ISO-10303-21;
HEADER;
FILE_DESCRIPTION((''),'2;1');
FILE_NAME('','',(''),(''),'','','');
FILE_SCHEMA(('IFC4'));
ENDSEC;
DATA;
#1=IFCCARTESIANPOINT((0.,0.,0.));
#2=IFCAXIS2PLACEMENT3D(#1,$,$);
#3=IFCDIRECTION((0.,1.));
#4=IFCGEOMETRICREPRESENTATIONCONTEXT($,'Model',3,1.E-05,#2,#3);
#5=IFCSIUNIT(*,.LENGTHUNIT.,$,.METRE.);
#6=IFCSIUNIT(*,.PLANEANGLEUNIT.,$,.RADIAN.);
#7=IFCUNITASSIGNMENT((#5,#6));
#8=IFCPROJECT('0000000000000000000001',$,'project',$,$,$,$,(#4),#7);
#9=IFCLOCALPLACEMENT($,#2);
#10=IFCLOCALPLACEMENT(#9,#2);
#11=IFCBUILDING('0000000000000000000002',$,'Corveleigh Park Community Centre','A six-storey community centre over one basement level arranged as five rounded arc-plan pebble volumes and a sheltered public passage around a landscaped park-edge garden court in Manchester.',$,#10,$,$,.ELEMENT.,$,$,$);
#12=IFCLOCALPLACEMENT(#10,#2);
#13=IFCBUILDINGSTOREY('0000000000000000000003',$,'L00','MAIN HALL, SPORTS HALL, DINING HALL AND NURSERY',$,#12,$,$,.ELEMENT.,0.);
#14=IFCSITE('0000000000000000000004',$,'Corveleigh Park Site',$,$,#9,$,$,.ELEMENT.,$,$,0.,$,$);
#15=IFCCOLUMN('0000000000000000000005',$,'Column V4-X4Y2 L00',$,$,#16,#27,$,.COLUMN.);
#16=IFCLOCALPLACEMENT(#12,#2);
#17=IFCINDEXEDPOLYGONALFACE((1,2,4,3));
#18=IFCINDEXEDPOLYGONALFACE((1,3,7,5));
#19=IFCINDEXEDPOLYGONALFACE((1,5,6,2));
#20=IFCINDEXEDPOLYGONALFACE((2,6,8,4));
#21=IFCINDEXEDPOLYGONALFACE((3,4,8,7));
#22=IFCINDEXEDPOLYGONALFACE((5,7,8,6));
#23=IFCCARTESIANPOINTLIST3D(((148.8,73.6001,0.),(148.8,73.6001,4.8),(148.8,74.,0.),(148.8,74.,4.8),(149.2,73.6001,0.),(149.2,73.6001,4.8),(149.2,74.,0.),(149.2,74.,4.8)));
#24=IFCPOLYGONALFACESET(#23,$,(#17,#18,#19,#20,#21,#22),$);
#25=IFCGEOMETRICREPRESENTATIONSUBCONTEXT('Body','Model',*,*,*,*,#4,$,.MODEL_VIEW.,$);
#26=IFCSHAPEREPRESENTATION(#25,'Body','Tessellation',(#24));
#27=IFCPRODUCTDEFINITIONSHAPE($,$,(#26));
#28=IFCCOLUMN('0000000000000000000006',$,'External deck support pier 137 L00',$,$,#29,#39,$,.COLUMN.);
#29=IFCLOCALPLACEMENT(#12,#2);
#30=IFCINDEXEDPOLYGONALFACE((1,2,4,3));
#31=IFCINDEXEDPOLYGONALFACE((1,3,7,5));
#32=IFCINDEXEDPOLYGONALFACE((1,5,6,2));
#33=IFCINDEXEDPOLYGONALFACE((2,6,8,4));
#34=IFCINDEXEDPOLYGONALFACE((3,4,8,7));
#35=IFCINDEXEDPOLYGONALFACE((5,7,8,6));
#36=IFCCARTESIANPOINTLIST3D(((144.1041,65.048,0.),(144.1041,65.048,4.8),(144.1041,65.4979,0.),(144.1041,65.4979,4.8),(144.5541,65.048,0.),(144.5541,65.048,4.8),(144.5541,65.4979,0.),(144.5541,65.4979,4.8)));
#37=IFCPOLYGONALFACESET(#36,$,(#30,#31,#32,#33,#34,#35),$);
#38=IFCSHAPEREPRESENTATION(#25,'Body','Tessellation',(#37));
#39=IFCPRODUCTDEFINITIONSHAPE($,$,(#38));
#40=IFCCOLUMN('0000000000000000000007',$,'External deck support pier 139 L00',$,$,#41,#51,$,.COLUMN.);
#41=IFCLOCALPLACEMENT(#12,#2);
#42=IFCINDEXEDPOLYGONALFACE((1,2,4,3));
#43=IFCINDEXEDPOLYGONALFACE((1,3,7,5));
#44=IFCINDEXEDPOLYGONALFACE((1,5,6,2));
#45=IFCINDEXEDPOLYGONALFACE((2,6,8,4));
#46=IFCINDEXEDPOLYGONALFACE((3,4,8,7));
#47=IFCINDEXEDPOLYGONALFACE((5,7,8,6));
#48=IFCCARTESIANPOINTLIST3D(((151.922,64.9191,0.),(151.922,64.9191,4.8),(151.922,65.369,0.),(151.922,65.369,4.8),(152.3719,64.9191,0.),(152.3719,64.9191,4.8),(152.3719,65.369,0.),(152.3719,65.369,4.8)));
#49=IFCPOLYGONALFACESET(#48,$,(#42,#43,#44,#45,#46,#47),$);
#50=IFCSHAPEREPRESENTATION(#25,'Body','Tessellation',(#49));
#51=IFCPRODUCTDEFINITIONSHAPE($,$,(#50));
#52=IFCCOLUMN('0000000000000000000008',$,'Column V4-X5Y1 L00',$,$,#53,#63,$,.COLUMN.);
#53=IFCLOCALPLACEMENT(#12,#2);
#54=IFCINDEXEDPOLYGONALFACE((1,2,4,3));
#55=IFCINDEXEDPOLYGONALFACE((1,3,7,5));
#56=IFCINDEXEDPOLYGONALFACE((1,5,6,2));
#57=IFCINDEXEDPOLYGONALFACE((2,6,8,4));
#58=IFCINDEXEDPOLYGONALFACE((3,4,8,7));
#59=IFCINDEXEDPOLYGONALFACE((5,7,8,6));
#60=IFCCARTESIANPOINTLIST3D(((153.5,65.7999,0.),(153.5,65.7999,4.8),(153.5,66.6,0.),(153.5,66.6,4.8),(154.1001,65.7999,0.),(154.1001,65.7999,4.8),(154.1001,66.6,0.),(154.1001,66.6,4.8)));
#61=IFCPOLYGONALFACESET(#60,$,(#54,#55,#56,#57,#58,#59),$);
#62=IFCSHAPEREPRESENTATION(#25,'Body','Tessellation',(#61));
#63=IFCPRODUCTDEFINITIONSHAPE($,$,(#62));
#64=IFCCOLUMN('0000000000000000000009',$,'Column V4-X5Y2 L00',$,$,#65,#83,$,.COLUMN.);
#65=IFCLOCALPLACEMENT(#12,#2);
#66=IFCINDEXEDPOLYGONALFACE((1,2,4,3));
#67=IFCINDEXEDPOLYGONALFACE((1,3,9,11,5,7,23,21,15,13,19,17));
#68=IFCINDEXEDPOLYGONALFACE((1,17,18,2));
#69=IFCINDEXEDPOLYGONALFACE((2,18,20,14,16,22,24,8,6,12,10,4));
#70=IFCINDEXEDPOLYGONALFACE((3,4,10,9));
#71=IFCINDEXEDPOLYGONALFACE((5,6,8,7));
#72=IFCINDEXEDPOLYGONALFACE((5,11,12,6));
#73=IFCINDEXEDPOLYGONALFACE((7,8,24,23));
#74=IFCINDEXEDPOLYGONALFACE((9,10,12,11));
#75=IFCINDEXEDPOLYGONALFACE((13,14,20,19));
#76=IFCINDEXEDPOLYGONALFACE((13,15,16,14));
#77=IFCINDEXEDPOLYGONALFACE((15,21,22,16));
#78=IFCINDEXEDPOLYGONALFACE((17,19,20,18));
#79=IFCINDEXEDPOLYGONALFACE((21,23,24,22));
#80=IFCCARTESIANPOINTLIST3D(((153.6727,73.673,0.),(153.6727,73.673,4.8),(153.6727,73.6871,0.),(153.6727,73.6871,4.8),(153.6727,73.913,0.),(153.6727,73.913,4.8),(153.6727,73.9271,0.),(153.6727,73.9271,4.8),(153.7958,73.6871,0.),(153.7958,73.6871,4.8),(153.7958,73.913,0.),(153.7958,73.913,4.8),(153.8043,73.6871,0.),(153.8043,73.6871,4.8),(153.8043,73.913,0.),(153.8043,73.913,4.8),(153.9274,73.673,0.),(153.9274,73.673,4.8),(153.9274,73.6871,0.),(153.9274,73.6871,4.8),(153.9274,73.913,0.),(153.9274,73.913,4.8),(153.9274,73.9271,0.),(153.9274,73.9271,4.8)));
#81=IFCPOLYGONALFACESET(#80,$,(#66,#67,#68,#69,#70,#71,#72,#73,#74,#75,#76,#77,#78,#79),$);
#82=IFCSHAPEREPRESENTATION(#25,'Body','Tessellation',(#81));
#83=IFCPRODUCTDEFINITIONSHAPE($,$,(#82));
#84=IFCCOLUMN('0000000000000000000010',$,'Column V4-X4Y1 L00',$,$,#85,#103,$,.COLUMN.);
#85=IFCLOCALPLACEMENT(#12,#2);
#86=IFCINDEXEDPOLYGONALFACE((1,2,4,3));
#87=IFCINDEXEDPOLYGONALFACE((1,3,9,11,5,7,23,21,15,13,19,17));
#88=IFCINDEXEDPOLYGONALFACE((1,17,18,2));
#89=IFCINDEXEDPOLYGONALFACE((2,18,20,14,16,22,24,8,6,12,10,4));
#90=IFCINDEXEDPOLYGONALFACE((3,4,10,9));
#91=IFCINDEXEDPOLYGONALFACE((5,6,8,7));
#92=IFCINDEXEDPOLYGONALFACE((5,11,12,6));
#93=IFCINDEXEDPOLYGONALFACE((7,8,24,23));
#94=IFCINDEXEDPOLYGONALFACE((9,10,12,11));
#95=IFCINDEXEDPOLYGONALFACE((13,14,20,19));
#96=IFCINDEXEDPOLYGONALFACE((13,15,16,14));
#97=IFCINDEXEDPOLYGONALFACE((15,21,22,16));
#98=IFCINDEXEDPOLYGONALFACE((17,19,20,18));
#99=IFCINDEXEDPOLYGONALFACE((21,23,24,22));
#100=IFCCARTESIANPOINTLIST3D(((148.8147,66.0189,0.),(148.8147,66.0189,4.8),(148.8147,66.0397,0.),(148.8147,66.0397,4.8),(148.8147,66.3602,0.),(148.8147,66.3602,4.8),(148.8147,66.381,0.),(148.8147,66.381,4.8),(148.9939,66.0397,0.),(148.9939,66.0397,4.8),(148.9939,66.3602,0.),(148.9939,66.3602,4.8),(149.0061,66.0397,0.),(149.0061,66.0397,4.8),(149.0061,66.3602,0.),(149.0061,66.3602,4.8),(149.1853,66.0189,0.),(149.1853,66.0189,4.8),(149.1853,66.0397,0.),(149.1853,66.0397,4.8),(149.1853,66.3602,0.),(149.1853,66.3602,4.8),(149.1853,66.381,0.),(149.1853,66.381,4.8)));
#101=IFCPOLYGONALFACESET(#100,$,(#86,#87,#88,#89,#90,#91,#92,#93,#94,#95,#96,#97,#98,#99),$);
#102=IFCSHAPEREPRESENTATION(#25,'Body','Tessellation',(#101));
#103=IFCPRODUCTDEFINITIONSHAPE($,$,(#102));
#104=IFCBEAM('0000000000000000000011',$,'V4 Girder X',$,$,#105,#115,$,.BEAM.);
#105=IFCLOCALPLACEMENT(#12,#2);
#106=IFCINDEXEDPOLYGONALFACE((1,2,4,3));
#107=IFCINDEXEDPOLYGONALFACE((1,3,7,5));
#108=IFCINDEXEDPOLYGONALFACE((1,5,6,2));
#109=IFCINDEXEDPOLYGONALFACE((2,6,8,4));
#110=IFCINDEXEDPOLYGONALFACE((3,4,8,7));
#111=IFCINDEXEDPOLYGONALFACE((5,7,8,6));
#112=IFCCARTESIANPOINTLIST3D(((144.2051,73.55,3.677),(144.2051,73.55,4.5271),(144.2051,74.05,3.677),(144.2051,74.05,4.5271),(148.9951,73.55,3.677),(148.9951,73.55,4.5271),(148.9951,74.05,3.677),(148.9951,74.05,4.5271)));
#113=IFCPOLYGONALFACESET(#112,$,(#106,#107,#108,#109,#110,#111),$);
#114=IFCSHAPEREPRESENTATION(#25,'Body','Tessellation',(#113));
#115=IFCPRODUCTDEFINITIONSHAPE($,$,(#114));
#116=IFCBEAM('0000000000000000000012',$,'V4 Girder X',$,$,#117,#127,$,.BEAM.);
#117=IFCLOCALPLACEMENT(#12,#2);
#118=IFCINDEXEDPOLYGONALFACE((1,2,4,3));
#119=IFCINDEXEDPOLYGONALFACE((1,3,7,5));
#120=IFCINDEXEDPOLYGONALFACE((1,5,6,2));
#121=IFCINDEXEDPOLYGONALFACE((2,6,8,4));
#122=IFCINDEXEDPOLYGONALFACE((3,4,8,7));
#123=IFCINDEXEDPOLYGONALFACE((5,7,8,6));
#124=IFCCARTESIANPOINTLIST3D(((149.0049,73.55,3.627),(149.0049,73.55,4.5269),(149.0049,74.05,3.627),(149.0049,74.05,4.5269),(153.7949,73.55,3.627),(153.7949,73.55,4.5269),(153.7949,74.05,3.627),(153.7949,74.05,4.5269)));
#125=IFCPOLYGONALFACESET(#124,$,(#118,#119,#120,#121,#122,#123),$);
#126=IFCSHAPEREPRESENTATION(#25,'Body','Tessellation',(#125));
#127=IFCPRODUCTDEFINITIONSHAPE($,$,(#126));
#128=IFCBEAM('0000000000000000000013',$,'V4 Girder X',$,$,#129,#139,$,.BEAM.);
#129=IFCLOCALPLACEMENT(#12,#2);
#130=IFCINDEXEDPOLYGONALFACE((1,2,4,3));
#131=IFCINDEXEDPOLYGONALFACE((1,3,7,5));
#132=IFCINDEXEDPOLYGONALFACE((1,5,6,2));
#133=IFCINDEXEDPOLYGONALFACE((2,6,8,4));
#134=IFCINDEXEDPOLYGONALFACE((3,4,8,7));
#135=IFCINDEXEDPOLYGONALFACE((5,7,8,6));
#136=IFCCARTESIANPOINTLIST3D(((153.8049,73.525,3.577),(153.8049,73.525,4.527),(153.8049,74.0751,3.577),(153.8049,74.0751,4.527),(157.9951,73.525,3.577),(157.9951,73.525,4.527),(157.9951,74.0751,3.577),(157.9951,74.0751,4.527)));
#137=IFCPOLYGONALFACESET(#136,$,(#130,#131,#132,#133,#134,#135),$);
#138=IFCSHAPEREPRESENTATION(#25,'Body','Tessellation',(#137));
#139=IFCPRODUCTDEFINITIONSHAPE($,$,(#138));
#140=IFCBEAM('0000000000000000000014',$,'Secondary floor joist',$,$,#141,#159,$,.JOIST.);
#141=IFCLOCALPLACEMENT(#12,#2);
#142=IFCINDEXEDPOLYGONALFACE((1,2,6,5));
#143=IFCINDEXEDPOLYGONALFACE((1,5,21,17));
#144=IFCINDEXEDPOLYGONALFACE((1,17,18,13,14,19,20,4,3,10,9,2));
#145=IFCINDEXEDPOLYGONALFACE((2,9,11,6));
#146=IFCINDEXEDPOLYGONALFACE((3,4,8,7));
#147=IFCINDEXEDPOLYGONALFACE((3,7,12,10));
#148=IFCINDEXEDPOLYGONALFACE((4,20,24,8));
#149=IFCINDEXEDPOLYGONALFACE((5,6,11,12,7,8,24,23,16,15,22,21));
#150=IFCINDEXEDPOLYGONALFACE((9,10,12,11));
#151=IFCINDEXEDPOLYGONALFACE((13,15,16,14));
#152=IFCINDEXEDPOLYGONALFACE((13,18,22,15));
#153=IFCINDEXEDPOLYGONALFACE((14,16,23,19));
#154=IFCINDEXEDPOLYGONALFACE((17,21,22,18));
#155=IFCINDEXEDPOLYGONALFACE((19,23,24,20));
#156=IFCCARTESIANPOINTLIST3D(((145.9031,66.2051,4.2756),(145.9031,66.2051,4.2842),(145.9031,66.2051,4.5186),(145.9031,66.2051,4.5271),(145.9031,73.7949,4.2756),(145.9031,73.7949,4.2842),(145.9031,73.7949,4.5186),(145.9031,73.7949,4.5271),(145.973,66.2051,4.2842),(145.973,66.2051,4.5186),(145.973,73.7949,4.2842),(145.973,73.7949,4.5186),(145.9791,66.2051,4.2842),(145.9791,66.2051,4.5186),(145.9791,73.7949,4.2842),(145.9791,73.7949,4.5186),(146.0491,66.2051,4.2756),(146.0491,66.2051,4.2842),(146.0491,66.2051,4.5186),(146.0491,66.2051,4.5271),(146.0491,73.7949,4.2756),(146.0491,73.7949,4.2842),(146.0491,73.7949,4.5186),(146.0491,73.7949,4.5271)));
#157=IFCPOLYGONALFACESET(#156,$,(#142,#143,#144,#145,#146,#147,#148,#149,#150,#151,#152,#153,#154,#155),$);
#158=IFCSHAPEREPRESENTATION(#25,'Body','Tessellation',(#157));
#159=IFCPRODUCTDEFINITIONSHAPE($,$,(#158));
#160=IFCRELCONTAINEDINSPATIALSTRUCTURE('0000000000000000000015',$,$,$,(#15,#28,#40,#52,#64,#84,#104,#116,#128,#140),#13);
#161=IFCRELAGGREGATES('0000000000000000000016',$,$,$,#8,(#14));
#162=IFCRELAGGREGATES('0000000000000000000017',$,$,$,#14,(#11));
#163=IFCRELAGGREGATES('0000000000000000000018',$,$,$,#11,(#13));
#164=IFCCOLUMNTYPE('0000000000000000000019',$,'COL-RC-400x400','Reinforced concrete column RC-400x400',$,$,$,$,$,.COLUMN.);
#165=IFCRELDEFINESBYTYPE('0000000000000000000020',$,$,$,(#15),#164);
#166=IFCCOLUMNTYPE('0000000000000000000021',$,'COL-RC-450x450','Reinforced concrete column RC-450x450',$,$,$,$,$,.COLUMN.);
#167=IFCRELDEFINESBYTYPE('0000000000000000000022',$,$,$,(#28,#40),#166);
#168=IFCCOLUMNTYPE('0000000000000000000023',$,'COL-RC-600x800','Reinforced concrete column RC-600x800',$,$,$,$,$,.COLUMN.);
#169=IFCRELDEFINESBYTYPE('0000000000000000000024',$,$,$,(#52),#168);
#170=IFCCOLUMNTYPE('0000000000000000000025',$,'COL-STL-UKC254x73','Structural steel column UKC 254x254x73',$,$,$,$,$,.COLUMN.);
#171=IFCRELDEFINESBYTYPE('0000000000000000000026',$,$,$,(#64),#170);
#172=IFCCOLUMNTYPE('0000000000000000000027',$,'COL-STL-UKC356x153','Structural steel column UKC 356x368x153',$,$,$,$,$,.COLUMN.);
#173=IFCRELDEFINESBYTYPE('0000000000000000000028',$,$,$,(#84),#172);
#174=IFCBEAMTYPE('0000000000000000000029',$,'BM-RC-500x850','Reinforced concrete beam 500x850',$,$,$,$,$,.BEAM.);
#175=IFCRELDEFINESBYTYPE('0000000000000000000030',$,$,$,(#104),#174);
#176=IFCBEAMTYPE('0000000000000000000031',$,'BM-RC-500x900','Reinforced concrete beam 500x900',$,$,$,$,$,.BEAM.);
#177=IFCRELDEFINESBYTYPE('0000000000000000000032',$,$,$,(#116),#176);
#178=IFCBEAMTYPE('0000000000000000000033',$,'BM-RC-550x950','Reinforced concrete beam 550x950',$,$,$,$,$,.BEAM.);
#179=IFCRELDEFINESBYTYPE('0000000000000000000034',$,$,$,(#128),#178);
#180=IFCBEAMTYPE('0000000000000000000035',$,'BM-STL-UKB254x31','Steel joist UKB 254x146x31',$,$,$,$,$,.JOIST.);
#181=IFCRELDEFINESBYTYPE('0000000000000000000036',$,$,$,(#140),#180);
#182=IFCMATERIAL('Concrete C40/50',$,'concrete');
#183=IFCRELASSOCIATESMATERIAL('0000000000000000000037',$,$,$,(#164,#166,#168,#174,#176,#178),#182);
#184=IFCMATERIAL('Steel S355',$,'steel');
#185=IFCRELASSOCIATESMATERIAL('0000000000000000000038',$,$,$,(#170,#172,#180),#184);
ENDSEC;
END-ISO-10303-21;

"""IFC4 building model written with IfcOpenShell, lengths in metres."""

from ifc_helpers import new_model, si_unit, direction, frame, origin, origin_2d, place, context, subcontext, project, spatial, rectangle, i_section, extrude, material, material_profile, profile_set, type_object, element, save


model = new_model("IFC4")

# Units and contexts
model_context = context("Model", 3, precision=1e-05, world=origin(), true_north=direction((0.0, 1.0)))
body_context = subcontext(model_context, "Body", "Model", "MODEL_VIEW")
ifc_project = project(units=[si_unit("LENGTHUNIT", "METRE"), si_unit("PLANEANGLEUNIT", "RADIAN")], contexts=[model_context])

# Site, building, storey
site_placement = place(None, origin())
site = spatial("IfcSite", under=ifc_project, at=site_placement, Name="Corveleigh Park Site", CompositionType="ELEMENT", RefElevation=0.0)
building_placement = place(site_placement, origin())
building = spatial("IfcBuilding", under=site, at=building_placement, Name="Corveleigh Park Community Centre", Description="A six-storey community centre over one basement level arranged as five rounded arc-plan pebble volumes and a sheltered public passage around a landscaped park-edge garden court in Manchester.", CompositionType="ELEMENT")
storey_placement = place(building_placement, origin())
storey = spatial("IfcBuildingStorey", under=building, at=storey_placement, Name="L00", Description="MAIN HALL, SPORTS HALL, DINING HALL AND NURSERY", CompositionType="ELEMENT", Elevation=0.0)

# Columns
ifc_material_1 = material(Name="Concrete C40/50", Category="concrete")
ifc_material_profile_1 = material_profile(ifc_material_1, rectangle(XDim=0.3999, YDim=0.3999, at=origin_2d()), Name="RC-400x400", Category="concrete")
ifc_profile_set_1 = profile_set([ifc_material_profile_1], Name="Concrete C40/50")
column_type_1 = type_object("IfcColumnType", Name="COL-RC-400x400", Description="Reinforced concrete column RC-400x400", PredefinedType="COLUMN", material=ifc_profile_set_1)
column_1_placement = place(storey_placement, frame((149.0, 73.8, 0.0), z_axis=(0.0, 0.0, 1.0), x_axis=(1.0, 0.0, 0.0)))
element("IfcColumn", 1, at=column_1_placement, inside=storey, type_object=column_type_1, Name="Column V4-X4Y2 L00", PredefinedType="COLUMN", context=body_context, shape_type="SweptSolid", body=[
    extrude(rectangle(XDim=0.3999, YDim=0.3999, at=origin_2d()), origin(), (0.0, 0.0, 1.0), 4.8),
])
ifc_material_profile_2 = material_profile(ifc_material_1, rectangle(XDim=0.45, YDim=0.45, at=origin_2d()), Name="RC-450x450", Category="concrete")
ifc_profile_set_2 = profile_set([ifc_material_profile_2], Name="Concrete C40/50")
column_type_2 = type_object("IfcColumnType", Name="COL-RC-450x450", Description="Reinforced concrete column RC-450x450", PredefinedType="COLUMN", material=ifc_profile_set_2)
for number, where, z_axis, x_axis, name in (
    (2, (144.3291, 65.2729, 0.0), (0.0, 0.0, 1.0), (1.0, 0.0, 0.0), "External deck support pier 137 L00"),
    (3, (152.147, 65.144, 0.0), (0.0, 0.0, 1.0), (1.0, 0.0, 0.0), "External deck support pier 139 L00"),
):
    element("IfcColumn", number, at=place(storey_placement, frame(where, z_axis=z_axis, x_axis=x_axis)), inside=storey, type_object=column_type_2, Name=name, PredefinedType="COLUMN", context=body_context, shape_type="SweptSolid", body=[
        extrude(rectangle(XDim=0.45, YDim=0.45, at=origin_2d()), origin(), (0.0, 0.0, 1.0), 4.8),
    ])
ifc_material_profile_3 = material_profile(ifc_material_1, rectangle(XDim=0.6001, YDim=0.8, at=origin_2d()), Name="RC-600x800", Category="concrete")
ifc_profile_set_3 = profile_set([ifc_material_profile_3], Name="Concrete C40/50")
column_type_3 = type_object("IfcColumnType", Name="COL-RC-600x800", Description="Reinforced concrete column RC-600x800", PredefinedType="COLUMN", material=ifc_profile_set_3)
column_2_placement = place(storey_placement, frame((153.8, 66.2, 0.0), z_axis=(0.0, 0.0, 1.0), x_axis=(1.0, 0.0, 0.0)))
element("IfcColumn", 4, at=column_2_placement, inside=storey, type_object=column_type_3, Name="Column V4-X5Y1 L00", PredefinedType="COLUMN", context=body_context, shape_type="SweptSolid", body=[
    extrude(rectangle(XDim=0.6001, YDim=0.8, at=origin_2d()), origin(), (0.0, 0.0, 1.0), 4.8),
])
ifc_material_2 = material(Name="Steel S355", Category="steel")
ifc_material_profile_4 = material_profile(ifc_material_2, i_section(OverallWidth=0.2546, OverallDepth=0.2542, WebThickness=0.0085, FlangeThickness=0.0142, at=origin_2d()), Name="UKC 254x254x73", Category="steel")
ifc_profile_set_4 = profile_set([ifc_material_profile_4], Name="Steel S355")
column_type_4 = type_object("IfcColumnType", Name="COL-STL-UKC254x73", Description="Structural steel column UKC 254x254x73", PredefinedType="COLUMN", material=ifc_profile_set_4)
column_3_placement = place(storey_placement, frame((153.8, 73.8, 0.0), z_axis=(0.0, 0.0, 1.0), x_axis=(1.0, 0.0, 0.0)))
element("IfcColumn", 5, at=column_3_placement, inside=storey, type_object=column_type_4, Name="Column V4-X5Y2 L00", PredefinedType="COLUMN", context=body_context, shape_type="SweptSolid", body=[
    extrude(i_section(OverallWidth=0.2546, OverallDepth=0.2542, WebThickness=0.0085, FlangeThickness=0.0142, at=origin_2d()), origin(), (0.0, 0.0, 1.0), 4.8),
])
ifc_material_profile_5 = material_profile(ifc_material_2, i_section(OverallWidth=0.3706, OverallDepth=0.3621, WebThickness=0.0122, FlangeThickness=0.0208, at=origin_2d()), Name="UKC 356x368x153", Category="steel")
ifc_profile_set_5 = profile_set([ifc_material_profile_5], Name="Steel S355")
column_type_5 = type_object("IfcColumnType", Name="COL-STL-UKC356x153", Description="Structural steel column UKC 356x368x153", PredefinedType="COLUMN", material=ifc_profile_set_5)
column_4_placement = place(storey_placement, frame((149.0, 66.2, 0.0), z_axis=(0.0, 0.0, 1.0), x_axis=(1.0, 0.0, 0.0)))
element("IfcColumn", 6, at=column_4_placement, inside=storey, type_object=column_type_5, Name="Column V4-X4Y1 L00", PredefinedType="COLUMN", context=body_context, shape_type="SweptSolid", body=[
    extrude(i_section(OverallWidth=0.3706, OverallDepth=0.3621, WebThickness=0.0122, FlangeThickness=0.0208, at=origin_2d()), origin(), (0.0, 0.0, 1.0), 4.8),
])

# Beams
ifc_material_profile_6 = material_profile(ifc_material_1, rectangle(XDim=0.5, YDim=0.8501, at=origin_2d()), Name="RC-500x850", Category="concrete")
ifc_profile_set_6 = profile_set([ifc_material_profile_6], Name="Concrete C40/50")
beam_type_1 = type_object("IfcBeamType", Name="BM-RC-500x850", Description="Reinforced concrete beam 500x850", PredefinedType="BEAM", material=ifc_profile_set_6)
beam_1_placement = place(storey_placement, frame((144.2051, 73.8, 4.1021), z_axis=(1.0, 0.0, 0.0), x_axis=(0.0, 1.0, 0.0)))
element("IfcBeam", 7, at=beam_1_placement, inside=storey, type_object=beam_type_1, Name="V4 Girder X", PredefinedType="BEAM", context=body_context, shape_type="SweptSolid", body=[
    extrude(rectangle(XDim=0.5, YDim=0.8501, at=origin_2d()), origin(), (0.0, 0.0, 1.0), 4.79),
])
ifc_material_profile_7 = material_profile(ifc_material_1, rectangle(XDim=0.5, YDim=0.8999, at=origin_2d()), Name="RC-500x900", Category="concrete")
ifc_profile_set_7 = profile_set([ifc_material_profile_7], Name="Concrete C40/50")
beam_type_2 = type_object("IfcBeamType", Name="BM-RC-500x900", Description="Reinforced concrete beam 500x900", PredefinedType="BEAM", material=ifc_profile_set_7)
beam_2_placement = place(storey_placement, frame((149.0049, 73.8, 4.0769), z_axis=(1.0, 0.0, 0.0), x_axis=(0.0, 1.0, 0.0)))
element("IfcBeam", 8, at=beam_2_placement, inside=storey, type_object=beam_type_2, Name="V4 Girder X", PredefinedType="BEAM", context=body_context, shape_type="SweptSolid", body=[
    extrude(rectangle(XDim=0.5, YDim=0.8999, at=origin_2d()), origin(), (0.0, 0.0, 1.0), 4.79),
])
ifc_material_profile_8 = material_profile(ifc_material_1, rectangle(XDim=0.55, YDim=0.95, at=origin_2d()), Name="RC-550x950", Category="concrete")
ifc_profile_set_8 = profile_set([ifc_material_profile_8], Name="Concrete C40/50")
beam_type_3 = type_object("IfcBeamType", Name="BM-RC-550x950", Description="Reinforced concrete beam 550x950", PredefinedType="BEAM", material=ifc_profile_set_8)
beam_3_placement = place(storey_placement, frame((153.8049, 73.8, 4.052), z_axis=(1.0, 0.0, 0.0), x_axis=(0.0, 1.0, 0.0)))
element("IfcBeam", 9, at=beam_3_placement, inside=storey, type_object=beam_type_3, Name="V4 Girder X", PredefinedType="BEAM", context=body_context, shape_type="SweptSolid", body=[
    extrude(rectangle(XDim=0.55, YDim=0.95, at=origin_2d()), origin(), (0.0, 0.0, 1.0), 4.1902),
])
ifc_material_profile_9 = material_profile(ifc_material_2, i_section(OverallWidth=0.146, OverallDepth=0.2515, WebThickness=0.0061, FlangeThickness=0.0085, at=origin_2d()), Name="UKB 254x146x31", Category="steel")
ifc_profile_set_9 = profile_set([ifc_material_profile_9], Name="Steel S355")
beam_type_4 = type_object("IfcBeamType", Name="BM-STL-UKB254x31", Description="Steel joist UKB 254x146x31", PredefinedType="JOIST", material=ifc_profile_set_9)
for number, where, z_axis, x_axis, name in (
    (10, (145.9761, 66.2051, 4.4014), (0.0, 1.0, 0.0), (-1.0, 0.0, 0.0), "Secondary floor joist"),
):
    element("IfcBeam", number, at=place(storey_placement, frame(where, z_axis=z_axis, x_axis=x_axis)), inside=storey, type_object=beam_type_4, Name=name, PredefinedType="JOIST", context=body_context, shape_type="SweptSolid", body=[
        extrude(i_section(OverallWidth=0.146, OverallDepth=0.2515, WebThickness=0.0061, FlangeThickness=0.0085, at=origin_2d()), origin(), (0.0, 0.0, 1.0), 7.5898),
    ])

save(model, "model.ifc")
